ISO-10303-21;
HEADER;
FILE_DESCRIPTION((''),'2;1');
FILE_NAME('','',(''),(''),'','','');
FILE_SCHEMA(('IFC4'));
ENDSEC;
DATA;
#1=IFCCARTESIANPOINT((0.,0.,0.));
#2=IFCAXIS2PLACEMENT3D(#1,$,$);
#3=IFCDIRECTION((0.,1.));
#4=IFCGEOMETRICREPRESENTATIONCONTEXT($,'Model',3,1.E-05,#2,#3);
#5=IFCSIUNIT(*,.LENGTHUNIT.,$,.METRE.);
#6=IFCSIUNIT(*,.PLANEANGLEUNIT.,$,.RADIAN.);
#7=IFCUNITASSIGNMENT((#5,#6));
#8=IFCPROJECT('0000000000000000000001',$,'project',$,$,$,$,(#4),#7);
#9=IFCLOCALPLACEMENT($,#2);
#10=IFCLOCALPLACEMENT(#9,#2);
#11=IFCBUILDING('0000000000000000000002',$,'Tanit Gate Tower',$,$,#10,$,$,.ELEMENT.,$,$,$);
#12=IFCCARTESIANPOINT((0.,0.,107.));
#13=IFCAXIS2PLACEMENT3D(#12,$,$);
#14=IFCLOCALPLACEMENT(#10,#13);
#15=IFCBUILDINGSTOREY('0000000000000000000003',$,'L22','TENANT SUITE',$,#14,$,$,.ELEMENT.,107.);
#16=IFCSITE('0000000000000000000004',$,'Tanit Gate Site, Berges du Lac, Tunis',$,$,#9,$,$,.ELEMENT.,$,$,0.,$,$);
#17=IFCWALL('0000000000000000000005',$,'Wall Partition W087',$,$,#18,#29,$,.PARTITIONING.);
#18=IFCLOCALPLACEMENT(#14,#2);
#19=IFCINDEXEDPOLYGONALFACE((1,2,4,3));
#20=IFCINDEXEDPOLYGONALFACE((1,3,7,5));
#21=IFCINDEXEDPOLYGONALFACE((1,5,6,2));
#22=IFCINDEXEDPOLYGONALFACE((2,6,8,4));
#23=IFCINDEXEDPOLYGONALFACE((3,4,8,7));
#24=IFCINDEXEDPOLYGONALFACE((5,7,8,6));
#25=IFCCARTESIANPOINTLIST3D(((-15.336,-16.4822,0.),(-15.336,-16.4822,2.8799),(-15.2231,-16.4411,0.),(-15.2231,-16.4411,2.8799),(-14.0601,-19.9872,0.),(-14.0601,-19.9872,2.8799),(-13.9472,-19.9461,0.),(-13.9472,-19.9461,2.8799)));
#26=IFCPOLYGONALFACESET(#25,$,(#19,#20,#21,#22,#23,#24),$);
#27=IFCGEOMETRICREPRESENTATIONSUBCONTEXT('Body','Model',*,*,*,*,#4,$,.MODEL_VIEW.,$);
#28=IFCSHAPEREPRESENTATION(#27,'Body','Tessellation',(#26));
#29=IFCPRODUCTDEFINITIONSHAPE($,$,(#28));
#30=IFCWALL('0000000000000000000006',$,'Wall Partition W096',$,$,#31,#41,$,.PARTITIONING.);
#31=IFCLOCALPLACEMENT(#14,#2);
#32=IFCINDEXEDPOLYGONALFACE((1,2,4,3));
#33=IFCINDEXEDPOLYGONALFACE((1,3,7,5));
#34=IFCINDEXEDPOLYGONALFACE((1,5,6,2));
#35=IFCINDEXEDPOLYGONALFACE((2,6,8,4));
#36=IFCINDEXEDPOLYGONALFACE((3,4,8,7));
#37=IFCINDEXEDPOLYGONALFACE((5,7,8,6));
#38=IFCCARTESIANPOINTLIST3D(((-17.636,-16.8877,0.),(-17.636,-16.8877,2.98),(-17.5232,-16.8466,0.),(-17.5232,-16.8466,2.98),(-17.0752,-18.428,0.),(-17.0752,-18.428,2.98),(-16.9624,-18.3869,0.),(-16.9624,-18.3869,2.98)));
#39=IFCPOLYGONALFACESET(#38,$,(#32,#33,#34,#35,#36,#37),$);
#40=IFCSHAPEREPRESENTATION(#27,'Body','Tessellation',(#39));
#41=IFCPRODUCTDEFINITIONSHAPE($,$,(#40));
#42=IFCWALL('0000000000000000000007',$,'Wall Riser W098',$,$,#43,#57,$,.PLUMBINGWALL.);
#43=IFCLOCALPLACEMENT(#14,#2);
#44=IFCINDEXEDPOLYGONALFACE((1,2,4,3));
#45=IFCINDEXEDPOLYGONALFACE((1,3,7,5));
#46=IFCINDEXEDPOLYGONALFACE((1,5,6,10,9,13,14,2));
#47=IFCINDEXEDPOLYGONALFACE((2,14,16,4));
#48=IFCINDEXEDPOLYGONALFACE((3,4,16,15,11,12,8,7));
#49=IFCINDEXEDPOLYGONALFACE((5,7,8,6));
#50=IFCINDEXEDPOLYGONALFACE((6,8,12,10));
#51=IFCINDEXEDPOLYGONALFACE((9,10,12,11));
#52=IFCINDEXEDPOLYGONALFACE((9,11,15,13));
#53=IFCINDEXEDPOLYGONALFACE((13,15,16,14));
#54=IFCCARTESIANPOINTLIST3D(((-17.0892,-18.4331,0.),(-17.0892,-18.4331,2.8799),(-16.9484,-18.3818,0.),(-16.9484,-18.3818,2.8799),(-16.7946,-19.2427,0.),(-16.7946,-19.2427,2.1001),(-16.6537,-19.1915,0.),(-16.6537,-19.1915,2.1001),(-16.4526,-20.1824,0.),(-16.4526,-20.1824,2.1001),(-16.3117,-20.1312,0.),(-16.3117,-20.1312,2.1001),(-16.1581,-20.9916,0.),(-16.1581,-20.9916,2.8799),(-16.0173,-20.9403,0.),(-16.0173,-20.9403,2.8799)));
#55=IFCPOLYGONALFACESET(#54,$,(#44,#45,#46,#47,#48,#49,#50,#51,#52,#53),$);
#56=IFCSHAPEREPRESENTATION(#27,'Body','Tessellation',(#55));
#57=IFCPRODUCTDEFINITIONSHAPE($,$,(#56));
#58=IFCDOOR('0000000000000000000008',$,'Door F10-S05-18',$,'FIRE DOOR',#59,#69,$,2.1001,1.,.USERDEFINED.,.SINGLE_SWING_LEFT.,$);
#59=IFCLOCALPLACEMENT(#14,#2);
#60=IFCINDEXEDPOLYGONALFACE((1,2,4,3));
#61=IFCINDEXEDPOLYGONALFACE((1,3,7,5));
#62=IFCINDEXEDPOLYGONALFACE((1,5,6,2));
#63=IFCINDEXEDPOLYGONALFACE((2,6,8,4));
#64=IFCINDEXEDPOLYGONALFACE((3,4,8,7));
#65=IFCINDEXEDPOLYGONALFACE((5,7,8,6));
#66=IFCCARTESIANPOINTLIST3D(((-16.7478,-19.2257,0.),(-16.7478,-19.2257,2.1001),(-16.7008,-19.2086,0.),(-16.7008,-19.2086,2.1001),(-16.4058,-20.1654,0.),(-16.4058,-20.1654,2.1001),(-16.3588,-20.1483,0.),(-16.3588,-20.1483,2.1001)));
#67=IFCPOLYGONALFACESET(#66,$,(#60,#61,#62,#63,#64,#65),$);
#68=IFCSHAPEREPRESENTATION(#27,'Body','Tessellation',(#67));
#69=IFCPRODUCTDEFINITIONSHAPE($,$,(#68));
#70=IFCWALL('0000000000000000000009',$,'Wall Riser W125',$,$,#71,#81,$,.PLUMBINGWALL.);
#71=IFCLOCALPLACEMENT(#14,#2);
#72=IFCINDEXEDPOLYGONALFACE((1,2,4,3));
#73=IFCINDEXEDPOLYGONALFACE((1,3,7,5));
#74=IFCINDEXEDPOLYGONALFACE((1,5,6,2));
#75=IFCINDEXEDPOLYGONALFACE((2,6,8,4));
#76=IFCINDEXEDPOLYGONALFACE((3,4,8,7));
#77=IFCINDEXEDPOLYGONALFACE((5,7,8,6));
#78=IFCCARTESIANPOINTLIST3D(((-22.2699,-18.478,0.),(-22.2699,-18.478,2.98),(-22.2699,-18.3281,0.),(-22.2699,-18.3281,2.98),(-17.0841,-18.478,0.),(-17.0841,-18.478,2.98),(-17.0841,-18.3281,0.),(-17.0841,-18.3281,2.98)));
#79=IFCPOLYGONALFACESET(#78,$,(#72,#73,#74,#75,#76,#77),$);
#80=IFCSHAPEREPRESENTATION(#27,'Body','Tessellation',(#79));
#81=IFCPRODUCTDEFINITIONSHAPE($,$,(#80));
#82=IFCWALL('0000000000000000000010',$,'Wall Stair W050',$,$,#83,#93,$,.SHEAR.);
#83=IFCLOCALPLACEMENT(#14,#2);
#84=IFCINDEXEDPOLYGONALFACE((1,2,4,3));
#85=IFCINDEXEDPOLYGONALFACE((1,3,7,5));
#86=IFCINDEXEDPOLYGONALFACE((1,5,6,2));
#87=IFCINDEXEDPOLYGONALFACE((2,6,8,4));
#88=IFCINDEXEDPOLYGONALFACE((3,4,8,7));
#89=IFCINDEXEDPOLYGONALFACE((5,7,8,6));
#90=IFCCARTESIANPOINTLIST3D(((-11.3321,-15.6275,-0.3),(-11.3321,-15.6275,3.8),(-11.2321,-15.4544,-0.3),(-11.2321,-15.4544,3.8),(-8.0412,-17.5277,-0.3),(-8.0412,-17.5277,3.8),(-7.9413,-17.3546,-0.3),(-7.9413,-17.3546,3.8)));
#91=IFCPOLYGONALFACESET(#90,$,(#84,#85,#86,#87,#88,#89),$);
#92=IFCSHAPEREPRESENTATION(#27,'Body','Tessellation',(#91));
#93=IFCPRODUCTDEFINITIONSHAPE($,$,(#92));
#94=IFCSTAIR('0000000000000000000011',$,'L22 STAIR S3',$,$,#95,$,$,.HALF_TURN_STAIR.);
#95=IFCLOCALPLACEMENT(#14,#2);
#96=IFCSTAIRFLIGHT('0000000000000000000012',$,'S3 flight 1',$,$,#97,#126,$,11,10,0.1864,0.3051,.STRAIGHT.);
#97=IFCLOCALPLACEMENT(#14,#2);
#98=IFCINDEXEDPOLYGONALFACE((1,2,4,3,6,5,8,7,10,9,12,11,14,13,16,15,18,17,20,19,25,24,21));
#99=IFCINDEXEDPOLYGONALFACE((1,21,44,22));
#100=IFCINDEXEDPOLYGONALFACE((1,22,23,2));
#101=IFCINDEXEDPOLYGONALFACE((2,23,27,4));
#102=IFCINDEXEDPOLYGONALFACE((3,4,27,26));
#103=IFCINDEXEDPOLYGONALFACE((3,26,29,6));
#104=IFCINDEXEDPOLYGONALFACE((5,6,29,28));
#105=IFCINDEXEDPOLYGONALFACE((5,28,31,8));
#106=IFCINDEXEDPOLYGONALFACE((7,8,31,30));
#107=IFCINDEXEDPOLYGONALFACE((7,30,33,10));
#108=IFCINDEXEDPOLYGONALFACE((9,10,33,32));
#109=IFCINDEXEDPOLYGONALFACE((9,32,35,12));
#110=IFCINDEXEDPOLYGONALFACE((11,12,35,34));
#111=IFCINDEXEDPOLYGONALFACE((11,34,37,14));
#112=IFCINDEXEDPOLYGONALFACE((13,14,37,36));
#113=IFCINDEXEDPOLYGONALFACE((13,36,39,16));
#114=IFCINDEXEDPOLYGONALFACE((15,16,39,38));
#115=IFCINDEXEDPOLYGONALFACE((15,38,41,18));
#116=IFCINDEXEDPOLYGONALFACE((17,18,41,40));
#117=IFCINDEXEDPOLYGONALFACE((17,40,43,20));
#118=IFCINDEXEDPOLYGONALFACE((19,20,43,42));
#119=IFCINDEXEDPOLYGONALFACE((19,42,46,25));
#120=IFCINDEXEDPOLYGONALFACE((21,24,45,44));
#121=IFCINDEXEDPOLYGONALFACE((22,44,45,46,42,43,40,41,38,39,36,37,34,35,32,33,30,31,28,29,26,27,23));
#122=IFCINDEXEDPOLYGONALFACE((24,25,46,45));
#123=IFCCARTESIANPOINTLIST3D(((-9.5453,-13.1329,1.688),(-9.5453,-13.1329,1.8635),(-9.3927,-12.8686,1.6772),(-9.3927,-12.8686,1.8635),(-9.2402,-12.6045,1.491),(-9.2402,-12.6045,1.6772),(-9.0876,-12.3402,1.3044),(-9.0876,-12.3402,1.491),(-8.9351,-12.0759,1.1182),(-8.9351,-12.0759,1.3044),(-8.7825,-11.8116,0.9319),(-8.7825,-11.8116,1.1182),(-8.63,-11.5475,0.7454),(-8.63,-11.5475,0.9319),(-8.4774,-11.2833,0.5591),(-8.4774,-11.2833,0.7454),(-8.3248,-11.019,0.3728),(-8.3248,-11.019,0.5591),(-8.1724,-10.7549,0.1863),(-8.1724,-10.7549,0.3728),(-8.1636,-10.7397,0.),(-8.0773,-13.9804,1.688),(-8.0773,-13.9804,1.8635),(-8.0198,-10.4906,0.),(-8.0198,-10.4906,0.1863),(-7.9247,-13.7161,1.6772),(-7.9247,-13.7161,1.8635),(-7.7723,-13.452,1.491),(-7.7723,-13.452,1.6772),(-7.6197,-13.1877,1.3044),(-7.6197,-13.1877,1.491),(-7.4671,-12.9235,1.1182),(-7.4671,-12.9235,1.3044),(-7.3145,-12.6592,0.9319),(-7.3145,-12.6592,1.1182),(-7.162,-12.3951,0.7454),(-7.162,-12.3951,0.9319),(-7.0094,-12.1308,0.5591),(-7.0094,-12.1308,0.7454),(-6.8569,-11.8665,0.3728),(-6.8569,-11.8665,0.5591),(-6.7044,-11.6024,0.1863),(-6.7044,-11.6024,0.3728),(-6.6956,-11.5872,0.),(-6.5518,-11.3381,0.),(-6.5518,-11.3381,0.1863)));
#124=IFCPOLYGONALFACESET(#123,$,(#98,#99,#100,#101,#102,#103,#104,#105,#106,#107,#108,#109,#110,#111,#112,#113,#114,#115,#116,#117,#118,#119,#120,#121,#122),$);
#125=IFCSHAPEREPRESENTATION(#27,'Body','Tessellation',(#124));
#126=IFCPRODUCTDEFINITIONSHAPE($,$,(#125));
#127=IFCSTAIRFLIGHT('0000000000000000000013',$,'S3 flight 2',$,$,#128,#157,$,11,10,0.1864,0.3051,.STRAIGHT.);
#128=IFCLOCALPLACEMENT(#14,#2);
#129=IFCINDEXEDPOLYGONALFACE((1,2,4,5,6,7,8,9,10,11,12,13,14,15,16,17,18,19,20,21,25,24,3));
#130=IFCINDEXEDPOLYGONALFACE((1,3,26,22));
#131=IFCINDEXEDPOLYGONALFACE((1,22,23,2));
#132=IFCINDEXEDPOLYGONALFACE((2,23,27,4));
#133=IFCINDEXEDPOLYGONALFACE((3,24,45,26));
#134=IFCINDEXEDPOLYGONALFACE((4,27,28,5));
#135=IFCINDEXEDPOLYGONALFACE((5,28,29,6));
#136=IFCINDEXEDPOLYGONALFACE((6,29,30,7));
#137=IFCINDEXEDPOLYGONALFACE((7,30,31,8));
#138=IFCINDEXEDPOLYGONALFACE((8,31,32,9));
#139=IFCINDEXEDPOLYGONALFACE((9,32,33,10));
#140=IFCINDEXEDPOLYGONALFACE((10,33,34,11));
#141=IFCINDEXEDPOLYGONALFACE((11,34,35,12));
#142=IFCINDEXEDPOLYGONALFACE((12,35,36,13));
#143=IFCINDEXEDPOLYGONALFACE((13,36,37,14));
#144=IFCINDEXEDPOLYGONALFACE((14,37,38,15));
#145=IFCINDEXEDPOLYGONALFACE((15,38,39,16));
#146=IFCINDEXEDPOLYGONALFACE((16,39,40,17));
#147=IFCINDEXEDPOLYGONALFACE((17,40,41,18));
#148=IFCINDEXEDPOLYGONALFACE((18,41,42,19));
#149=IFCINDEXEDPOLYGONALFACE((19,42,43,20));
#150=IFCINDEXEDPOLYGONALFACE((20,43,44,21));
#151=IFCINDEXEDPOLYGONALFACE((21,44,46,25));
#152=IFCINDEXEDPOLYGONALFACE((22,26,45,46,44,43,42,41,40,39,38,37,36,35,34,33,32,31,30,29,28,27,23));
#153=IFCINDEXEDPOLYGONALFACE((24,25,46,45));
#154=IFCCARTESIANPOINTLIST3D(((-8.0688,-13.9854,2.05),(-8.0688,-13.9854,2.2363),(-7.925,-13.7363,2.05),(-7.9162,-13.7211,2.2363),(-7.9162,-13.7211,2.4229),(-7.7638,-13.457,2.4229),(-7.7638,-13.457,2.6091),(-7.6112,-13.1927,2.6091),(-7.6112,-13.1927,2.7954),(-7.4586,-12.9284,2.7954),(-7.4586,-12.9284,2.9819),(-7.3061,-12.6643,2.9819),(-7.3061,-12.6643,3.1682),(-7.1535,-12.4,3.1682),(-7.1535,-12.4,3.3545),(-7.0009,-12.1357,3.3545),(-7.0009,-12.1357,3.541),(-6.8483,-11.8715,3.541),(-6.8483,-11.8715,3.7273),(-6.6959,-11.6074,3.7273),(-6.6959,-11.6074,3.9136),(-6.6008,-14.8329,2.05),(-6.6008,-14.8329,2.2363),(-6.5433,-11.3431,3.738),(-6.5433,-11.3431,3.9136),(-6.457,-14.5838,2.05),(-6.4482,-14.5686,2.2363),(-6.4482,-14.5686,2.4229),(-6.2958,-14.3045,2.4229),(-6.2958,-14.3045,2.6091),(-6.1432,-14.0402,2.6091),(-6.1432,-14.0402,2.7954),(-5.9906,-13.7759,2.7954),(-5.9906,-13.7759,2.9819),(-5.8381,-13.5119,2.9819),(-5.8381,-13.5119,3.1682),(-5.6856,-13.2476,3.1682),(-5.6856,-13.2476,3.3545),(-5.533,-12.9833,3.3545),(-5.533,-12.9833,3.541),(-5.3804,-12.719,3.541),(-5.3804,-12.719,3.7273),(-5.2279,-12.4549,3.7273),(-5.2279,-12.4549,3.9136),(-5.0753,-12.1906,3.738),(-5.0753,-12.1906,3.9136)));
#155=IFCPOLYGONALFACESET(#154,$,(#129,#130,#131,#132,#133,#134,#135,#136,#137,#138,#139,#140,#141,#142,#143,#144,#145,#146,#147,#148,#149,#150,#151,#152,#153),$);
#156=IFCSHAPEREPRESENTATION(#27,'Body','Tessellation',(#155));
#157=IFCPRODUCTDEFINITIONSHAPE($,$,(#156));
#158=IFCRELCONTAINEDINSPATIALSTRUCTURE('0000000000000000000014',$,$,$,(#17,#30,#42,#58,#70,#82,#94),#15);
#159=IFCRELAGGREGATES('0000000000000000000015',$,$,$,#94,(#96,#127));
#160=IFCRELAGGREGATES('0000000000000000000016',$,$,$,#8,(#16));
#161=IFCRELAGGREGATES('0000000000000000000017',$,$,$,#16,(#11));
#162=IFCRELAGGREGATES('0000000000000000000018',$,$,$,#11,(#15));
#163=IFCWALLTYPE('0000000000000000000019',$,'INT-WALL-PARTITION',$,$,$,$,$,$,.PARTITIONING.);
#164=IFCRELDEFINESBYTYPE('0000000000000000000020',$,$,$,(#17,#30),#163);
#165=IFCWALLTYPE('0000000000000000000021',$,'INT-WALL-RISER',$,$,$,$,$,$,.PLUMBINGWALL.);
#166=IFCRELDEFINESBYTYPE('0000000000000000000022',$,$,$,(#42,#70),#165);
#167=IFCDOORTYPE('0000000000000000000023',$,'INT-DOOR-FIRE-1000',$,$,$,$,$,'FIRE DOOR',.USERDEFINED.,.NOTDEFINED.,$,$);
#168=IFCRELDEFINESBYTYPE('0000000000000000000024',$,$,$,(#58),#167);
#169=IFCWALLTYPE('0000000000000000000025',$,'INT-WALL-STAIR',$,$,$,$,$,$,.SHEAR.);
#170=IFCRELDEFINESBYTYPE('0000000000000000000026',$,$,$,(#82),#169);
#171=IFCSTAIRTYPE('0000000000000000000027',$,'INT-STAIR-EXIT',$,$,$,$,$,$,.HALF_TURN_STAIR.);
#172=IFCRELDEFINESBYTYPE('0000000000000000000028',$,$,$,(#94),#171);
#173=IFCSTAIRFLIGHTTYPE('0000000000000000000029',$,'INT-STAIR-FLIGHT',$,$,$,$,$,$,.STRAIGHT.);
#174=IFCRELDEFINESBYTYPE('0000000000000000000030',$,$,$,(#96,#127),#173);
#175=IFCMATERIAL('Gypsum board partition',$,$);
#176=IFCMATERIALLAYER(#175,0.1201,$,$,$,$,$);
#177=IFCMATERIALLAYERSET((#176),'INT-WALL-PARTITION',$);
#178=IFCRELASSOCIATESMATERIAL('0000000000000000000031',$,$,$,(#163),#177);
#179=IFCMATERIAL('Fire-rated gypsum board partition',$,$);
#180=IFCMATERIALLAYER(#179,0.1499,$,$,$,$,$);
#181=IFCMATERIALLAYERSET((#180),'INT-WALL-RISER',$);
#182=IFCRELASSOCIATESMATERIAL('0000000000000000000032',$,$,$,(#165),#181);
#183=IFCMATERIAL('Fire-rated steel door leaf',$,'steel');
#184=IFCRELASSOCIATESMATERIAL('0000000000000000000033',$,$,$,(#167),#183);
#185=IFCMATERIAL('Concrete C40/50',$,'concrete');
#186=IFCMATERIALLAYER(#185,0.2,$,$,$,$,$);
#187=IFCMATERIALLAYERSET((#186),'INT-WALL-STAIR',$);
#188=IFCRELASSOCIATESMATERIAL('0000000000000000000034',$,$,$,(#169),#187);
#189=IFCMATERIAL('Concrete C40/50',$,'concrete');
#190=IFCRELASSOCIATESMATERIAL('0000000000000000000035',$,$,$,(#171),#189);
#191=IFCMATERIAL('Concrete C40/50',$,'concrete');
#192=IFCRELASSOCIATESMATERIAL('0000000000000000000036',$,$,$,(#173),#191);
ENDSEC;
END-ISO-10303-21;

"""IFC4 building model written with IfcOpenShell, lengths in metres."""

from ifc_helpers import new_model, si_unit, direction, frame, frame_2d, origin, place, context, subcontext, project, spatial, polyline, rectangle, outline, extrude, material, layer, layer_set, type_object, element, fill, aggregate, save


model = new_model("IFC4")

# Units and contexts
model_context = context("Model", 3, precision=1e-05, world=origin(), true_north=direction((0.0, 1.0)))
body_context = subcontext(model_context, "Body", "Model", "MODEL_VIEW")
ifc_project = project(units=[si_unit("LENGTHUNIT", "METRE"), si_unit("PLANEANGLEUNIT", "RADIAN")], contexts=[model_context])

# Site, building, storey
site_placement = place(None, origin())
site = spatial("IfcSite", under=ifc_project, at=site_placement, Name="Tanit Gate Site, Berges du Lac, Tunis", CompositionType="ELEMENT", RefElevation=0.0)
building_placement = place(site_placement, origin())
building = spatial("IfcBuilding", under=site, at=building_placement, Name="Tanit Gate Tower", CompositionType="ELEMENT")
storey_placement = place(building_placement, frame((0.0, 0.0, 107.0)))
storey = spatial("IfcBuildingStorey", under=building, at=storey_placement, Name="L22", Description="TENANT SUITE", CompositionType="ELEMENT", Elevation=107.0)

# Walls
ifc_material_1 = material(Name="Gypsum board partition")
ifc_layer_1 = layer(ifc_material_1, 0.1201)
ifc_layer_set_1 = layer_set([ifc_layer_1], Name="INT-WALL-PARTITION")
wall_type_1 = type_object("IfcWallType", Name="INT-WALL-PARTITION", PredefinedType="PARTITIONING", material=ifc_layer_set_1)
wall_1_placement = place(storey_placement, frame((-15.2795, -16.4617, 0.0), z_axis=(0.0, 0.0, 1.0), x_axis=(0.342069, -0.939675, 0.0)))
element("IfcWall", 1, at=wall_1_placement, inside=storey, type_object=wall_type_1, Name="Wall Partition W087", PredefinedType="PARTITIONING", context=body_context, shape_type="SweptSolid", body=[
    extrude(rectangle(XDim=3.73, YDim=0.1201, at=frame_2d((1.865, 0.0))), origin(), (0.0, 0.0, 1.0), 2.8799),
])
wall_2_placement = place(storey_placement, frame((-17.5796, -16.8672, 0.0), z_axis=(0.0, 0.0, 1.0), x_axis=(0.342114, -0.939659, 0.0)))
element("IfcWall", 2, at=wall_2_placement, inside=storey, type_object=wall_type_1, Name="Wall Partition W096", PredefinedType="PARTITIONING", context=body_context, shape_type="SweptSolid", body=[
    extrude(rectangle(XDim=1.6392, YDim=0.1201, at=frame_2d((0.8196, 0.0))), origin(), (0.0, 0.0, 1.0), 2.98),
])

# Wall, opening, door
ifc_material_2 = material(Name="Fire-rated gypsum board partition")
ifc_layer_2 = layer(ifc_material_2, 0.1499)
ifc_layer_set_2 = layer_set([ifc_layer_2], Name="INT-WALL-RISER")
wall_type_2 = type_object("IfcWallType", Name="INT-WALL-RISER", PredefinedType="PLUMBINGWALL", material=ifc_layer_set_2)
wall_3_placement = place(storey_placement, frame((-17.0188, -18.4075, 0.0), z_axis=(0.0, 0.0, 1.0), x_axis=(0.341988, -0.939704, 0.0)))
wall_3 = element("IfcWall", 3, at=wall_3_placement, inside=storey, type_object=wall_type_2, Name="Wall Riser W098", PredefinedType="PLUMBINGWALL", context=body_context, shape_type="SweptSolid", body=[
    extrude(rectangle(XDim=2.7227, YDim=0.1499, at=frame_2d((1.3613, 0.0))), origin(), (0.0, 0.0, 1.0), 2.8799),
])
opening_1_placement = place(wall_3_placement, frame((0.8616, 0.0, 0.0)))
opening_1 = element("IfcOpeningElement", 4, at=opening_1_placement, cuts=wall_3, PredefinedType="OPENING", context=body_context, shape_type="SweptSolid", body=[
    extrude(rectangle(XDim=1.0, YDim=2.1001, at=frame_2d((0.5, 1.05))), frame((0.0, 0.085, 0.0), z_axis=(0.0, -1.0, 0.0), x_axis=(1.0, 0.0, 0.0)), (0.0, 0.0, 1.0), 0.1699),
])
ifc_material_3 = material(Name="Fire-rated steel door leaf", Category="steel")
door_type_1 = type_object("IfcDoorType", Name="INT-DOOR-FIRE-1000", ElementType="FIRE DOOR", OperationType="NOTDEFINED", PredefinedType="USERDEFINED", material=ifc_material_3)
door_1_placement = place(opening_1_placement, origin())
door_1 = element("IfcDoor", 5, at=door_1_placement, inside=storey, type_object=door_type_1, Name="Door F10-S05-18", ObjectType="FIRE DOOR", OperationType="SINGLE_SWING_LEFT", OverallHeight=2.1001, OverallWidth=1.0, PredefinedType="USERDEFINED", context=body_context, shape_type="SweptSolid", body=[
    extrude(rectangle(XDim=1.0, YDim=2.1001, at=frame_2d((0.5, 1.05))), frame((0.0, 0.0249, 0.0), z_axis=(0.0, -1.0, 0.0), x_axis=(1.0, 0.0, 0.0)), (0.0, 0.0, 1.0), 0.05),
])
fill(opening_1, door_1)

# Walls
wall_4_placement = place(storey_placement, frame((-17.0842, -18.4031, 0.0), z_axis=(0.0, 0.0, 1.0), x_axis=(-1.0, 0.0, 0.0)))
element("IfcWall", 6, at=wall_4_placement, inside=storey, type_object=wall_type_2, Name="Wall Riser W125", PredefinedType="PLUMBINGWALL", context=body_context, shape_type="SweptSolid", body=[
    extrude(rectangle(XDim=5.1858, YDim=0.1499, at=frame_2d((2.5928, 0.0))), origin(), (0.0, 0.0, 1.0), 2.98),
])
ifc_material_4 = material(Name="Concrete C40/50", Category="concrete")
ifc_layer_3 = layer(ifc_material_4, 0.2)
ifc_layer_set_3 = layer_set([ifc_layer_3], Name="INT-WALL-STAIR")
wall_type_3 = type_object("IfcWallType", Name="INT-WALL-STAIR", PredefinedType="SHEAR", material=ifc_layer_set_3)
wall_5_placement = place(storey_placement, frame((-11.282, -15.541, -0.3), z_axis=(0.0, 0.0, 1.0), x_axis=(0.866, -0.500043, 0.0)))
element("IfcWall", 7, at=wall_5_placement, inside=storey, type_object=wall_type_3, Name="Wall Stair W050", PredefinedType="SHEAR", context=body_context, shape_type="SweptSolid", body=[
    extrude(rectangle(XDim=3.8, YDim=0.2, at=frame_2d((1.8999, 0.0))), origin(), (0.0, 0.0, 1.0), 4.1001),
])

# Stair, stair flights
ifc_material_5 = material(Name="Concrete C40/50", Category="concrete")
stair_type = type_object("IfcStairType", Name="INT-STAIR-EXIT", PredefinedType="HALF_TURN_STAIR", material=ifc_material_5)
stair_placement = place(storey_placement, origin())
stair = element("IfcStair", 8, at=stair_placement, inside=storey, type_object=stair_type, Name="L22 STAIR S3", PredefinedType="HALF_TURN_STAIR")
ifc_material_6 = material(Name="Concrete C40/50", Category="concrete")
stair_flight_type = type_object("IfcStairFlightType", Name="INT-STAIR-FLIGHT", PredefinedType="STRAIGHT", material=ifc_material_6)
stair_flight_1_placement = place(storey_placement, frame((-7.2859, -10.9143, 0.0), z_axis=(0.0, 0.0, 1.0), x_axis=(-0.5, -0.866025, 0.0)))
stair_flight_1 = element("IfcStairFlight", 9, at=stair_flight_1_placement, type_object=stair_flight_type, Name="S3 flight 1", NumberOfRisers=11, NumberOfTreads=10, PredefinedType="STRAIGHT", RiserHeight=0.1864, TreadLength=0.3051, context=body_context, shape_type="SweptSolid", body=[
    extrude(outline(polyline([(0.0, 0.0), (0.0, 0.1863), (0.3052, 0.1863), (0.3052, 0.3728), (0.6101, 0.3728), (0.6101, 0.5591), (0.9153, 0.5591), (0.9153, 0.7454), (1.2205, 0.7454), (1.2205, 0.9319), (1.5254, 0.9319), (1.5254, 1.1182), (1.8306, 1.1182), (1.8306, 1.3044), (2.1357, 1.3044), (2.1357, 1.491), (2.4409, 1.491), (2.4409, 1.6772), (2.7458, 1.6772), (2.7458, 1.8635), (3.051, 1.8635), (3.051, 2.05), (3.051, 1.688), (0.2876, 0.0), (0.0, 0.0)])), frame((0.0, 0.8477, 0.0), z_axis=(0.0, -1.0, 0.0), x_axis=(1.0, 0.0, 0.0)), (0.0, 0.0, 1.0), 1.6951),
])
stair_flight_2_placement = place(storey_placement, frame((-7.3347, -14.4092, 2.05), z_axis=(0.0, 0.0, 1.0), x_axis=(0.5, 0.866025, 0.0)))
stair_flight_2 = element("IfcStairFlight", 10, at=stair_flight_2_placement, type_object=stair_flight_type, Name="S3 flight 2", NumberOfRisers=11, NumberOfTreads=10, PredefinedType="STRAIGHT", RiserHeight=0.1864, TreadLength=0.3051, context=body_context, shape_type="SweptSolid", body=[
    extrude(outline(polyline([(0.0, 0.0), (0.0, 0.1863), (0.3052, 0.1863), (0.3052, 0.3728), (0.6101, 0.3728), (0.6101, 0.5591), (0.9153, 0.5591), (0.9153, 0.7454), (1.2205, 0.7454), (1.2205, 0.9319), (1.5254, 0.9319), (1.5254, 1.1182), (1.8306, 1.1182), (1.8306, 1.3044), (2.1357, 1.3044), (2.1357, 1.491), (2.4409, 1.491), (2.4409, 1.6772), (2.7458, 1.6772), (2.7458, 1.8635), (3.051, 1.8635), (3.051, 2.05), (3.051, 1.688), (0.2876, 0.0), (0.0, 0.0)])), frame((0.0, 0.8477, 0.0), z_axis=(0.0, -1.0, 0.0), x_axis=(1.0, 0.0, 0.0)), (0.0, 0.0, 1.0), 1.6951),
])
aggregate(stair, [stair_flight_1, stair_flight_2])

save(model, "model.ifc")
